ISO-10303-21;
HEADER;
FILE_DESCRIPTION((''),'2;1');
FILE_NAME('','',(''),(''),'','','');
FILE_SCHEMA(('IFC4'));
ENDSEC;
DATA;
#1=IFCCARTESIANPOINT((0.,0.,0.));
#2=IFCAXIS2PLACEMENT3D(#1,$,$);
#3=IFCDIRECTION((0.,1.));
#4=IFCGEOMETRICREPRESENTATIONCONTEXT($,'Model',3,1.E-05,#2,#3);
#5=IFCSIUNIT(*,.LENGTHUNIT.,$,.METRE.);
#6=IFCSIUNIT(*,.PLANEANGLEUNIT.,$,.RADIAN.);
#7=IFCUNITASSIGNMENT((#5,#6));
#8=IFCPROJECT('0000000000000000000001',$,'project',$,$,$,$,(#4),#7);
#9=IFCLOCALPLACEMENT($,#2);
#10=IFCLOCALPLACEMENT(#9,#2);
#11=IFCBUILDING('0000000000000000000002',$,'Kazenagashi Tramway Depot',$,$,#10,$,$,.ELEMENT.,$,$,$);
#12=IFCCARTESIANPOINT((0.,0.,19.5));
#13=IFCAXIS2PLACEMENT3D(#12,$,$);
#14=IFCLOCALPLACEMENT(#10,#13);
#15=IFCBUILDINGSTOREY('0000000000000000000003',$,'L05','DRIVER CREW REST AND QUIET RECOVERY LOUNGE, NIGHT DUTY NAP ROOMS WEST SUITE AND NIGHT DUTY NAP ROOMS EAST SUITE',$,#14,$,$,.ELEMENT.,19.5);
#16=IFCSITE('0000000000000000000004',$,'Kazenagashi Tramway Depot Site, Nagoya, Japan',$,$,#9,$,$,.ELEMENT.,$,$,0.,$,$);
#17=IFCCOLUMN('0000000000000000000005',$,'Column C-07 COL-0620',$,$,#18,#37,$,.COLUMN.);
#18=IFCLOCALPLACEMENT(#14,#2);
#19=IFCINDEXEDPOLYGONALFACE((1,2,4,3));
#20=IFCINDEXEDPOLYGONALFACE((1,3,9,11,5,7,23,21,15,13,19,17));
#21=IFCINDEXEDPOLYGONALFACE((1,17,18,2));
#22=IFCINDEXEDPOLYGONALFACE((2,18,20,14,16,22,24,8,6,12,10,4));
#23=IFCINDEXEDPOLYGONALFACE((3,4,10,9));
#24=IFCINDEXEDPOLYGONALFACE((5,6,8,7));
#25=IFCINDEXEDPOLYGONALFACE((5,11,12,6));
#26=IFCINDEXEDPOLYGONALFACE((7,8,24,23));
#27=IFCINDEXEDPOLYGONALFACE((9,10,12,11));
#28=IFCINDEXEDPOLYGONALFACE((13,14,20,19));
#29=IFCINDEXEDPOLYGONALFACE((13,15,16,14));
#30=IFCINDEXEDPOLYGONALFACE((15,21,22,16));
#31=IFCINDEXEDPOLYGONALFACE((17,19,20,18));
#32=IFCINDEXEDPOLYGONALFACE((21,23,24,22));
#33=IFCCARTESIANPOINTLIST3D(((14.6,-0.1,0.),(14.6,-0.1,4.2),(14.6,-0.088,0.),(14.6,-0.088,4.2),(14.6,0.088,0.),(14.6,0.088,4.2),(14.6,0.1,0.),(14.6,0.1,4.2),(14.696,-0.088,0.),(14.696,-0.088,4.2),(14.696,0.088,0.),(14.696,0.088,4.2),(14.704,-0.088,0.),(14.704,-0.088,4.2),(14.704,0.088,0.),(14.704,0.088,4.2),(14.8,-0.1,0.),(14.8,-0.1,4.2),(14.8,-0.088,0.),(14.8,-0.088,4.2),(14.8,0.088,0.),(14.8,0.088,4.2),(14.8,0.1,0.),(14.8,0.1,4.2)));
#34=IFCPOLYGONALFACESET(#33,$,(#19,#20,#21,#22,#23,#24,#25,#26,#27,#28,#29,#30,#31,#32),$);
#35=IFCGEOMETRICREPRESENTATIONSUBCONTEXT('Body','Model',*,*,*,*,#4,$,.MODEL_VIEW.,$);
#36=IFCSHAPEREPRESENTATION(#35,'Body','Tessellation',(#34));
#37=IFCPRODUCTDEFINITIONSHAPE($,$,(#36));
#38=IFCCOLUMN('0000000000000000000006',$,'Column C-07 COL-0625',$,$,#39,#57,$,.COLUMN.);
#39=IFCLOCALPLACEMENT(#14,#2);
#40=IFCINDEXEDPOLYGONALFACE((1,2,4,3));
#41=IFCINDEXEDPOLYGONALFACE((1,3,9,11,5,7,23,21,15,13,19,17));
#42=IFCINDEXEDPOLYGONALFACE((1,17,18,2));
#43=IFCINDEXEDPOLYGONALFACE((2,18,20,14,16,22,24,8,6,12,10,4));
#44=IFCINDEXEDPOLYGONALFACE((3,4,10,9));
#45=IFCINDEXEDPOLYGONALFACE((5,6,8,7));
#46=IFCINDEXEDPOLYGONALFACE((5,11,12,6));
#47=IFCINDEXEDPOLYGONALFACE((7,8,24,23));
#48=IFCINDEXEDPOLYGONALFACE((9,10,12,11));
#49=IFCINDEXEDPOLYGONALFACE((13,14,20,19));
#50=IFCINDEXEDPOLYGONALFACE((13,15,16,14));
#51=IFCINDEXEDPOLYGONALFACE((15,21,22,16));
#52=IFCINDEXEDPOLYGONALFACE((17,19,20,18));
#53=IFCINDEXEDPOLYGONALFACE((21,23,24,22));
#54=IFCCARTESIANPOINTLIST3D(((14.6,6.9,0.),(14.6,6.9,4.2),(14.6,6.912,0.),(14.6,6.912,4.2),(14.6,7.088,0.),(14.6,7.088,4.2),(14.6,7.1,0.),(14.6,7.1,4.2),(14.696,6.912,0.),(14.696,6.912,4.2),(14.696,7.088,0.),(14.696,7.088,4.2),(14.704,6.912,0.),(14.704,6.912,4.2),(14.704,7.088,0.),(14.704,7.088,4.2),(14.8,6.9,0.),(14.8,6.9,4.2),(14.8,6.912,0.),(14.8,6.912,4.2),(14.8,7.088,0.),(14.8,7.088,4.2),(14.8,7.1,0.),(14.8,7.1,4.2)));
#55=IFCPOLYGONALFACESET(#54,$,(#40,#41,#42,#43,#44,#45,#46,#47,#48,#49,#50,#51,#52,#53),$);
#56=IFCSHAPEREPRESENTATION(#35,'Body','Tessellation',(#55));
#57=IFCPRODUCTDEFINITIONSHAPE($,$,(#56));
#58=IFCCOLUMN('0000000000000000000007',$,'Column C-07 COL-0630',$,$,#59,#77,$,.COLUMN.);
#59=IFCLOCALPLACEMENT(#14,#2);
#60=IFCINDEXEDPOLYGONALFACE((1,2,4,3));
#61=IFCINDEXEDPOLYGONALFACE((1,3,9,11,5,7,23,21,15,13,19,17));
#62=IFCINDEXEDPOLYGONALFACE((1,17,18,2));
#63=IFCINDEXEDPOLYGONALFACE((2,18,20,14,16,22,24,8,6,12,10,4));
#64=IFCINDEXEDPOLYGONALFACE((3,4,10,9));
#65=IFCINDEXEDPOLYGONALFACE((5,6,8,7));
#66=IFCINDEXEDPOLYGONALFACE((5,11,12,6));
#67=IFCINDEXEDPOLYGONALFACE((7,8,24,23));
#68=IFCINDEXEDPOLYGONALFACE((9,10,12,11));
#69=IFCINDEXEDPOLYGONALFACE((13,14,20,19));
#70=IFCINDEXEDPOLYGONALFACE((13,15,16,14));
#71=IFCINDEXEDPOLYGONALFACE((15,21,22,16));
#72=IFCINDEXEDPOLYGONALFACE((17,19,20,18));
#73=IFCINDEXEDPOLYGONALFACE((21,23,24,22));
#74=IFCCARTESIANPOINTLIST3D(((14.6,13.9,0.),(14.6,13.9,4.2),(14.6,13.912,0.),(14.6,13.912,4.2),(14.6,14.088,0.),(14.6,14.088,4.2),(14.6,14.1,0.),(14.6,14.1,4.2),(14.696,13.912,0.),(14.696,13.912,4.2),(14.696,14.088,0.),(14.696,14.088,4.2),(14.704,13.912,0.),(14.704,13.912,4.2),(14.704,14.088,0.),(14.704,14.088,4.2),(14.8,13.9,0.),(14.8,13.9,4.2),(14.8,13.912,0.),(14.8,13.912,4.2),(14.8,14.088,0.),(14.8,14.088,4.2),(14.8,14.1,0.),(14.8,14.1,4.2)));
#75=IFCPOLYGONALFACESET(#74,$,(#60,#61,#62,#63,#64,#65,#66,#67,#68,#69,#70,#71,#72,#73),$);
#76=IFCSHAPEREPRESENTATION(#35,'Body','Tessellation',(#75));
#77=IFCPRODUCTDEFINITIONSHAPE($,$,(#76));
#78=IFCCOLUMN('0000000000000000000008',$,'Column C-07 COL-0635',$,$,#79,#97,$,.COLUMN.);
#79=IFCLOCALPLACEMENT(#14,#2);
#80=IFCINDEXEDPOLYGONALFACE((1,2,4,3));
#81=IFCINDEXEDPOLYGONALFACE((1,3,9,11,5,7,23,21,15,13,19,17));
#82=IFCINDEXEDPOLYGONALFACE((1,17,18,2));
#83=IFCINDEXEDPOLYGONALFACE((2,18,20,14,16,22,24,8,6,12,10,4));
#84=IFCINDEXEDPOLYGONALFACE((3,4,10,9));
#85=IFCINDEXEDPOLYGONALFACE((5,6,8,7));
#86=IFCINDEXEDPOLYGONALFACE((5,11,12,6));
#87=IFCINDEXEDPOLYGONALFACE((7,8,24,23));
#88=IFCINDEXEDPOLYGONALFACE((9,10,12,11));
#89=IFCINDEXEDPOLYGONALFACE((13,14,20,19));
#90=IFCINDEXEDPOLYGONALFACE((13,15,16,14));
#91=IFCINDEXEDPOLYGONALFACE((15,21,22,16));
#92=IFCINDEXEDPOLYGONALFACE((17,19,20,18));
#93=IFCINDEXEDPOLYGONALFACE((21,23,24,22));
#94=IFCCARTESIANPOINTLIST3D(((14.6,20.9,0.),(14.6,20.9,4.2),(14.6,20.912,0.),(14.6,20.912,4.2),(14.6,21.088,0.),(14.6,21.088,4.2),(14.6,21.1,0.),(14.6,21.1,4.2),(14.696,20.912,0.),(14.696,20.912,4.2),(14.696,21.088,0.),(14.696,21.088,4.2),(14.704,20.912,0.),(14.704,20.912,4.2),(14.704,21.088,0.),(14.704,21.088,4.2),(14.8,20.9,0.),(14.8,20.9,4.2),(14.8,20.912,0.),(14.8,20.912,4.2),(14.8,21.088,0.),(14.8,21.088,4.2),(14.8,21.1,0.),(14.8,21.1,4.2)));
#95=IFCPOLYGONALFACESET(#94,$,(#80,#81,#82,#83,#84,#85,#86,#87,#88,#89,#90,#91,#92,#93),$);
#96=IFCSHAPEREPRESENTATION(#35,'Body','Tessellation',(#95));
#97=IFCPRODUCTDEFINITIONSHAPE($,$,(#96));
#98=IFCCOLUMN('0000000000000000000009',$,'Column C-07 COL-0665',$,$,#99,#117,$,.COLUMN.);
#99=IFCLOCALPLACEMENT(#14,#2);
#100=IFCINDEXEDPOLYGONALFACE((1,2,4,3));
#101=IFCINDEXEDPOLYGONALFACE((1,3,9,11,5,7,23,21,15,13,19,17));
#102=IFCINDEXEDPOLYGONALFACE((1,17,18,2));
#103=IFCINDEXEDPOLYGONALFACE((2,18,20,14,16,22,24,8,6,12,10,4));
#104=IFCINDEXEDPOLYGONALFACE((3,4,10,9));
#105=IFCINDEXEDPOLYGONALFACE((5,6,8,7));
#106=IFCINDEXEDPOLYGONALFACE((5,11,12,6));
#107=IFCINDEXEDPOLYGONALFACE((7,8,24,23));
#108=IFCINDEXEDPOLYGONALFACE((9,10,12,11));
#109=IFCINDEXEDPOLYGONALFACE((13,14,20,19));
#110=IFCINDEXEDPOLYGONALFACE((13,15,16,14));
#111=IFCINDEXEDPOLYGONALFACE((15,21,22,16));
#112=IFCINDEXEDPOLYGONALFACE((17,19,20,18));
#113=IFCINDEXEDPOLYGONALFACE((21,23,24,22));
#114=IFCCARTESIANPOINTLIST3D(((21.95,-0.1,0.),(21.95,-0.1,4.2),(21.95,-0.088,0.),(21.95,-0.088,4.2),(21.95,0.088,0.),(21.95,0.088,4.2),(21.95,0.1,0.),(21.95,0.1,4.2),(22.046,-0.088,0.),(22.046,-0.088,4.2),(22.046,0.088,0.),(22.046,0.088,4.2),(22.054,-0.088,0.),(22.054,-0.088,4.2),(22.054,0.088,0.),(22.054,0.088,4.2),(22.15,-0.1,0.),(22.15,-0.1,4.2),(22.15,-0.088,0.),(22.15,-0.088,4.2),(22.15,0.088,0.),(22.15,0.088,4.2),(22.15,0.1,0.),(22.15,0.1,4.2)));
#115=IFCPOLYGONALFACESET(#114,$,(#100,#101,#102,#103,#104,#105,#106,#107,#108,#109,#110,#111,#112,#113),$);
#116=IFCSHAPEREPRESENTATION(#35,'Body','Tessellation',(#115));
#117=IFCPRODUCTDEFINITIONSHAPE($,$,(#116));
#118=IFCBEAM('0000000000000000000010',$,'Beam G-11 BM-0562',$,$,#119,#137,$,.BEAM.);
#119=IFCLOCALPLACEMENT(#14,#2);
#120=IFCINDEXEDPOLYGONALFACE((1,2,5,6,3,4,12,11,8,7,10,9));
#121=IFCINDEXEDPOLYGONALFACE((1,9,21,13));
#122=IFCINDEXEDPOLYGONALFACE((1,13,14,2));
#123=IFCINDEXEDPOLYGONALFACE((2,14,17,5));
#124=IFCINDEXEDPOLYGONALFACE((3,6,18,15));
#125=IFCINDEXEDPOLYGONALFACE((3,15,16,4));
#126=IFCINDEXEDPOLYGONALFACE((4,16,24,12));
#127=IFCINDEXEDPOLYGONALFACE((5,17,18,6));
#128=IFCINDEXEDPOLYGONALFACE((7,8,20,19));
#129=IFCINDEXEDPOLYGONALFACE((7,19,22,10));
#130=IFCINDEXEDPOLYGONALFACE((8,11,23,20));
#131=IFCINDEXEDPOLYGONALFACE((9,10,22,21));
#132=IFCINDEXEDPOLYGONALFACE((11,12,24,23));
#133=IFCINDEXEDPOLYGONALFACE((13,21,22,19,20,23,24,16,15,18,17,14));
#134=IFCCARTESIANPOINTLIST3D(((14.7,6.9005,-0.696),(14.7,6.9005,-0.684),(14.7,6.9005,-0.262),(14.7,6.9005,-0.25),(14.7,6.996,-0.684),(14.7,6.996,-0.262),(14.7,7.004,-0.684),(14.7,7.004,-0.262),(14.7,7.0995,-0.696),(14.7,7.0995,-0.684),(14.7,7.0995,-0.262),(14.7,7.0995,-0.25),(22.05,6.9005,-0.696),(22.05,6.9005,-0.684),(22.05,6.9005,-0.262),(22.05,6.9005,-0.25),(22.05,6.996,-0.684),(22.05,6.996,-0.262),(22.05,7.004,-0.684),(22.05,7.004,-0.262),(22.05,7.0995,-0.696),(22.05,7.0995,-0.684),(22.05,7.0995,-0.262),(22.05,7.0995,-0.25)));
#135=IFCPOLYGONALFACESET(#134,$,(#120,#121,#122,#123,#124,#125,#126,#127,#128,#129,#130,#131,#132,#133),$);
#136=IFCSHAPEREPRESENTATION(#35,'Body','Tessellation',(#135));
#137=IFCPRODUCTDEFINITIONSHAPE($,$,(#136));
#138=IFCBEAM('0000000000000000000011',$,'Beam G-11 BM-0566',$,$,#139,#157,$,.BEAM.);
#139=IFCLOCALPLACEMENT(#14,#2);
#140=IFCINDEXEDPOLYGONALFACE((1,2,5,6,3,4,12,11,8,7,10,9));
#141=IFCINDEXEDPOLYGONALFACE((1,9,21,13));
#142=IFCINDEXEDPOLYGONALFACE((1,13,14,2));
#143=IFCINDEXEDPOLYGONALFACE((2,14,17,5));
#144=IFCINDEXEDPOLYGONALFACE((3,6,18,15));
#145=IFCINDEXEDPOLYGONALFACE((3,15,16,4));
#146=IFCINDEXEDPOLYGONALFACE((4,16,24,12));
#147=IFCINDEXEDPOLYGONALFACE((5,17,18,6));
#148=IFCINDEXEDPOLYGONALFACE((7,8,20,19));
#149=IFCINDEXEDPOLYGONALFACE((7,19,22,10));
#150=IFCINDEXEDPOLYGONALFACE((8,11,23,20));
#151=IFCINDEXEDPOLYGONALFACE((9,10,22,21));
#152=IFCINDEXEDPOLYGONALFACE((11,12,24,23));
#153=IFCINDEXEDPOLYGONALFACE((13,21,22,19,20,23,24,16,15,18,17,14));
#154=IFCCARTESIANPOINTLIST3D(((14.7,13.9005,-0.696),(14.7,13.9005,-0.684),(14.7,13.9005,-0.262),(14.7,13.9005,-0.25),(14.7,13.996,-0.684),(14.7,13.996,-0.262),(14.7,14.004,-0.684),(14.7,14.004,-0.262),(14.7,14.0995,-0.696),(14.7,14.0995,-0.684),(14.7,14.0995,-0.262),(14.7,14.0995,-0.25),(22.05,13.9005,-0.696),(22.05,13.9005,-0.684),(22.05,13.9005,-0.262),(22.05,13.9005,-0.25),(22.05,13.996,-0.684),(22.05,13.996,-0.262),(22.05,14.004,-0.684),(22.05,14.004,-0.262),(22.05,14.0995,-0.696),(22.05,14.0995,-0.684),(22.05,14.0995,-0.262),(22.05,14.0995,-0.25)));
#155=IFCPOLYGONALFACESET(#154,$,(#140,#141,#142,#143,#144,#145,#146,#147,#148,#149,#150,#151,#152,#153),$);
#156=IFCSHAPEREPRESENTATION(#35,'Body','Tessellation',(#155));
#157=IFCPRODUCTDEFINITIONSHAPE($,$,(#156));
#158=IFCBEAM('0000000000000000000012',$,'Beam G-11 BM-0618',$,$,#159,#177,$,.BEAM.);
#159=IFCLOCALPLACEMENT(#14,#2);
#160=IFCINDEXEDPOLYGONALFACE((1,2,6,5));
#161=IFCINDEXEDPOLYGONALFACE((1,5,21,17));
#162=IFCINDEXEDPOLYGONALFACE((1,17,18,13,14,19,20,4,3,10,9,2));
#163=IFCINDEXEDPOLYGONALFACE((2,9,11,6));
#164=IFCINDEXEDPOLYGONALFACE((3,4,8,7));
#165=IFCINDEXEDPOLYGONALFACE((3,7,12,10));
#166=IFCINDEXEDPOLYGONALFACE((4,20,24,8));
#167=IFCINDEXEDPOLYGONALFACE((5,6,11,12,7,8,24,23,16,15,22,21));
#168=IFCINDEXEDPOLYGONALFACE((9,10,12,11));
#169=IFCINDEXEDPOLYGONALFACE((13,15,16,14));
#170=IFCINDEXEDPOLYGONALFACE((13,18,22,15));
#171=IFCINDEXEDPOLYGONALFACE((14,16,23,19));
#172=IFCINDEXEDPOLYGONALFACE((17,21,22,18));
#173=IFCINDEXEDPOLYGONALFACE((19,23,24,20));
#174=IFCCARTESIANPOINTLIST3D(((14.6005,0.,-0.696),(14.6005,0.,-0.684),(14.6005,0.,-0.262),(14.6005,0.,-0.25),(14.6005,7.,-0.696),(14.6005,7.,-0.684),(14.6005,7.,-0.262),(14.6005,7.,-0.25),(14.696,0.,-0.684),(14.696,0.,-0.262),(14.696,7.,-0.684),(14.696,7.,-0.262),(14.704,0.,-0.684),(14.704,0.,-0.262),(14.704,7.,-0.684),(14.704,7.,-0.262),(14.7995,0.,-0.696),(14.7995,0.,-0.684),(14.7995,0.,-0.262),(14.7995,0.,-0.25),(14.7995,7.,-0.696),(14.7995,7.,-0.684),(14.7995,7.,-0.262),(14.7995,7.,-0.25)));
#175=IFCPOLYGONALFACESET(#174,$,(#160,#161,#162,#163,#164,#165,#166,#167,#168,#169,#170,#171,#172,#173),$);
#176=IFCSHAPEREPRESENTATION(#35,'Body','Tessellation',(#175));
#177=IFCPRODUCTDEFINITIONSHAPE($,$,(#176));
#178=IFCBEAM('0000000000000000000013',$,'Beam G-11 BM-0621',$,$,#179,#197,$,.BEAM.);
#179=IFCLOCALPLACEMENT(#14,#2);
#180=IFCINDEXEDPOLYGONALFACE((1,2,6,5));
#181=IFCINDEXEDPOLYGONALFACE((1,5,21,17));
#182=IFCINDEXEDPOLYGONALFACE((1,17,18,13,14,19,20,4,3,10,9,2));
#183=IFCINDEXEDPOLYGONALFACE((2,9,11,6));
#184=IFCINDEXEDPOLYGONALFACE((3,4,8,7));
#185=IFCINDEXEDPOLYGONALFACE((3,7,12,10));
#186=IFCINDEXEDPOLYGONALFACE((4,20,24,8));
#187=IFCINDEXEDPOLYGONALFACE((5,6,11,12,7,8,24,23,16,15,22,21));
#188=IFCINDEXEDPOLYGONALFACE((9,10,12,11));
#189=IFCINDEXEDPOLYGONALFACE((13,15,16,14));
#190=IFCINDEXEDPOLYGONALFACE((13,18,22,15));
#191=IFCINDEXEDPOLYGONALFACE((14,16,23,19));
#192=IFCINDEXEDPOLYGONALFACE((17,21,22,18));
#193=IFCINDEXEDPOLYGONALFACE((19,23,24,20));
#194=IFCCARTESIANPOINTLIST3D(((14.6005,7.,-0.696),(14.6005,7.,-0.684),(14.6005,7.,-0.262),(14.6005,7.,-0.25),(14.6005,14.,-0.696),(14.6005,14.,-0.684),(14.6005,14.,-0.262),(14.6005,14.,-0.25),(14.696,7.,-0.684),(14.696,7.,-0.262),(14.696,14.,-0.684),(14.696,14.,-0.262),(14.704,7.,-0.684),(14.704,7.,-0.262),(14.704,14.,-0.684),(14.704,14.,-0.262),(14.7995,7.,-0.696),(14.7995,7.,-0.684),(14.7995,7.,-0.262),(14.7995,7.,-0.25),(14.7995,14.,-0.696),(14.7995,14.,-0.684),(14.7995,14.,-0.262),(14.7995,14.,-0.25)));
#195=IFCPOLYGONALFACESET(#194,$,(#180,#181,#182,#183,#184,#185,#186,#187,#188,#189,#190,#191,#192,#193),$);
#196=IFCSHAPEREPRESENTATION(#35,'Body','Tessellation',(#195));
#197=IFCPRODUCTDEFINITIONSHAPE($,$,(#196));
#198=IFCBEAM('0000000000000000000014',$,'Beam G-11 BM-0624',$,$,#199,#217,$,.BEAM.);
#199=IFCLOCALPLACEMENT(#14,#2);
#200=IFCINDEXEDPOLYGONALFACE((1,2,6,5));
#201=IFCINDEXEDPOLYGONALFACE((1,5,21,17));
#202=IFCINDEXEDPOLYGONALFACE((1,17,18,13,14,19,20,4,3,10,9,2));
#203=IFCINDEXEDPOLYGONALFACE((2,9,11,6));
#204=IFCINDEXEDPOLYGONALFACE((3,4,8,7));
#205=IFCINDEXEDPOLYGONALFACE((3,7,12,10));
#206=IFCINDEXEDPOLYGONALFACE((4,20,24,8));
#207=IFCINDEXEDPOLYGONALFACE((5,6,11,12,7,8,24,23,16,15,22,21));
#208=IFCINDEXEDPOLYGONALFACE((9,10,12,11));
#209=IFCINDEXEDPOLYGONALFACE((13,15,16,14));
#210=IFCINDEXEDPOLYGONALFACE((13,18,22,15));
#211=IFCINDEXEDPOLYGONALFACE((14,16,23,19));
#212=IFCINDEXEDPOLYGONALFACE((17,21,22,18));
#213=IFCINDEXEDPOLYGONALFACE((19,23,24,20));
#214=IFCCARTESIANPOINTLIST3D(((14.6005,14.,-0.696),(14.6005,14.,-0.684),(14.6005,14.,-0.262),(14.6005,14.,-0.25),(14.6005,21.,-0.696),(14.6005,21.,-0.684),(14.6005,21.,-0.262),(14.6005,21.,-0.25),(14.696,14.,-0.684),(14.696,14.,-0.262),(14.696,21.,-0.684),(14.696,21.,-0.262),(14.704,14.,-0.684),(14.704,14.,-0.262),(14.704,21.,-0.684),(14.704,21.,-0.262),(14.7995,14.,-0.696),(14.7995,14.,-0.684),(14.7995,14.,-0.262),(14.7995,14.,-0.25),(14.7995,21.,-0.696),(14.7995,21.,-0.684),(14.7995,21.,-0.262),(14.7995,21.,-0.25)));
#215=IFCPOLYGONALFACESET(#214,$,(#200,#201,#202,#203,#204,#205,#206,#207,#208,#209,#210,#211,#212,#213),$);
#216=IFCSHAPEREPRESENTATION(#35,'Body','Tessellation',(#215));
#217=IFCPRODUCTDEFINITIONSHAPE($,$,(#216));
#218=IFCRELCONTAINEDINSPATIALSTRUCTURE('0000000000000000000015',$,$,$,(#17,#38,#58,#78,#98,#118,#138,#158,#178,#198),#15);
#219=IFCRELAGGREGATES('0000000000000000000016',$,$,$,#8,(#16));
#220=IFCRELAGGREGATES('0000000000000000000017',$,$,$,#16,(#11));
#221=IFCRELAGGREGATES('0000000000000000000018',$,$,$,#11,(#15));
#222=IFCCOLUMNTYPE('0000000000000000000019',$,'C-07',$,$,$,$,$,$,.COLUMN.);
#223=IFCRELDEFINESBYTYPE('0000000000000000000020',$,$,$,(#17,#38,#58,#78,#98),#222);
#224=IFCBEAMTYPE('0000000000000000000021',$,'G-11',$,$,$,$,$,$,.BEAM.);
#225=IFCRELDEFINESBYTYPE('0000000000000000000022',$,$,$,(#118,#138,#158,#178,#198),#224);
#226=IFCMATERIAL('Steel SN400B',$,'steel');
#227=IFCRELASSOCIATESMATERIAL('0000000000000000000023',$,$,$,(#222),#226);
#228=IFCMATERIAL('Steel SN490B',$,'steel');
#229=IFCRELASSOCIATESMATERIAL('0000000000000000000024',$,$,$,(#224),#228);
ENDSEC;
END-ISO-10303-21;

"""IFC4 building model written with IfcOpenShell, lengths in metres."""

from ifc_helpers import new_model, si_unit, direction, frame, origin, origin_2d, place, context, subcontext, project, spatial, i_section, extrude, material, material_profile, profile_set, type_object, element, save


model = new_model("IFC4")

# Units and contexts
model_context = context("Model", 3, precision=1e-05, world=origin(), true_north=direction((0.0, 1.0)))
body_context = subcontext(model_context, "Body", "Model", "MODEL_VIEW")
ifc_project = project(units=[si_unit("LENGTHUNIT", "METRE"), si_unit("PLANEANGLEUNIT", "RADIAN")], contexts=[model_context])

# Site, building, storey
site_placement = place(None, origin())
site = spatial("IfcSite", under=ifc_project, at=site_placement, Name="Kazenagashi Tramway Depot Site, Nagoya, Japan", CompositionType="ELEMENT", RefElevation=0.0)
building_placement = place(site_placement, origin())
building = spatial("IfcBuilding", under=site, at=building_placement, Name="Kazenagashi Tramway Depot", CompositionType="ELEMENT")
storey_placement = place(building_placement, frame((0.0, 0.0, 19.5)))
storey = spatial("IfcBuildingStorey", under=building, at=storey_placement, Name="L05", Description="DRIVER CREW REST AND QUIET RECOVERY LOUNGE, NIGHT DUTY NAP ROOMS WEST SUITE AND NIGHT DUTY NAP ROOMS EAST SUITE", CompositionType="ELEMENT", Elevation=19.5)

# Columns
ifc_material_1 = material(Name="Steel SN400B", Category="steel")
ifc_material_profile_1 = material_profile(ifc_material_1, i_section(OverallWidth=0.2, OverallDepth=0.2, WebThickness=0.008, FlangeThickness=0.012, at=origin_2d()), Name="H-200x200x8x12")
ifc_profile_set_1 = profile_set([ifc_material_profile_1], Name="Steel SN400B")
column_type = type_object("IfcColumnType", Name="C-07", PredefinedType="COLUMN", material=ifc_profile_set_1)
for number, where, z_axis, x_axis, name in (
    (1, (14.7, 0.0, 0.0), (0.0, 0.0, 1.0), (1.0, 0.0, 0.0), "Column C-07 COL-0620"),
    (2, (14.7, 7.0, 0.0), (0.0, 0.0, 1.0), (1.0, 0.0, 0.0), "Column C-07 COL-0625"),
    (3, (14.7, 14.0, 0.0), (0.0, 0.0, 1.0), (1.0, 0.0, 0.0), "Column C-07 COL-0630"),
    (4, (14.7, 21.0, 0.0), (0.0, 0.0, 1.0), (1.0, 0.0, 0.0), "Column C-07 COL-0635"),
    (5, (22.05, 0.0, 0.0), (0.0, 0.0, 1.0), (1.0, 0.0, 0.0), "Column C-07 COL-0665"),
):
    element("IfcColumn", number, at=place(storey_placement, frame(where, z_axis=z_axis, x_axis=x_axis)), inside=storey, type_object=column_type, Name=name, PredefinedType="COLUMN", context=body_context, shape_type="SweptSolid", body=[
        extrude(i_section(OverallWidth=0.2, OverallDepth=0.2, WebThickness=0.008, FlangeThickness=0.012, at=origin_2d()), origin(), (0.0, 0.0, 1.0), 4.2),
    ])

# Beams
ifc_material_2 = material(Name="Steel SN490B", Category="steel")
ifc_material_profile_2 = material_profile(ifc_material_2, i_section(OverallWidth=0.199, OverallDepth=0.446, WebThickness=0.008, FlangeThickness=0.012, at=origin_2d()), Name="H-446x199x8x12")
ifc_profile_set_2 = profile_set([ifc_material_profile_2], Name="Steel SN490B")
beam_type_1 = type_object("IfcBeamType", Name="G-11", PredefinedType="BEAM", material=ifc_profile_set_2)
for number, where, z_axis, x_axis, name in (
    (6, (14.7, 7.0, -0.473), (1.0, 0.0, 0.0), (0.0, 1.0, 0.0), "Beam G-11 BM-0562"),
    (7, (14.7, 14.0, -0.473), (1.0, 0.0, 0.0), (0.0, 1.0, 0.0), "Beam G-11 BM-0566"),
):
    element("IfcBeam", number, at=place(storey_placement, frame(where, z_axis=z_axis, x_axis=x_axis)), inside=storey, type_object=beam_type_1, Name=name, PredefinedType="BEAM", context=body_context, shape_type="SweptSolid", body=[
        extrude(i_section(OverallWidth=0.199, OverallDepth=0.446, WebThickness=0.008, FlangeThickness=0.012, at=origin_2d()), origin(), (0.0, 0.0, 1.0), 7.35),
    ])
for number, where, z_axis, x_axis, name in (
    (8, (14.7, 0.0, -0.473), (0.0, 1.0, 0.0), (-1.0, 0.0, 0.0), "Beam G-11 BM-0618"),
    (9, (14.7, 7.0, -0.473), (0.0, 1.0, 0.0), (-1.0, 0.0, 0.0), "Beam G-11 BM-0621"),
    (10, (14.7, 14.0, -0.473), (0.0, 1.0, 0.0), (-1.0, 0.0, 0.0), "Beam G-11 BM-0624"),
):
    element("IfcBeam", number, at=place(storey_placement, frame(where, z_axis=z_axis, x_axis=x_axis)), inside=storey, type_object=beam_type_1, Name=name, PredefinedType="BEAM", context=body_context, shape_type="SweptSolid", body=[
        extrude(i_section(OverallWidth=0.199, OverallDepth=0.446, WebThickness=0.008, FlangeThickness=0.012, at=origin_2d()), origin(), (0.0, 0.0, 1.0), 7.0),
    ])

save(model, "model.ifc")
